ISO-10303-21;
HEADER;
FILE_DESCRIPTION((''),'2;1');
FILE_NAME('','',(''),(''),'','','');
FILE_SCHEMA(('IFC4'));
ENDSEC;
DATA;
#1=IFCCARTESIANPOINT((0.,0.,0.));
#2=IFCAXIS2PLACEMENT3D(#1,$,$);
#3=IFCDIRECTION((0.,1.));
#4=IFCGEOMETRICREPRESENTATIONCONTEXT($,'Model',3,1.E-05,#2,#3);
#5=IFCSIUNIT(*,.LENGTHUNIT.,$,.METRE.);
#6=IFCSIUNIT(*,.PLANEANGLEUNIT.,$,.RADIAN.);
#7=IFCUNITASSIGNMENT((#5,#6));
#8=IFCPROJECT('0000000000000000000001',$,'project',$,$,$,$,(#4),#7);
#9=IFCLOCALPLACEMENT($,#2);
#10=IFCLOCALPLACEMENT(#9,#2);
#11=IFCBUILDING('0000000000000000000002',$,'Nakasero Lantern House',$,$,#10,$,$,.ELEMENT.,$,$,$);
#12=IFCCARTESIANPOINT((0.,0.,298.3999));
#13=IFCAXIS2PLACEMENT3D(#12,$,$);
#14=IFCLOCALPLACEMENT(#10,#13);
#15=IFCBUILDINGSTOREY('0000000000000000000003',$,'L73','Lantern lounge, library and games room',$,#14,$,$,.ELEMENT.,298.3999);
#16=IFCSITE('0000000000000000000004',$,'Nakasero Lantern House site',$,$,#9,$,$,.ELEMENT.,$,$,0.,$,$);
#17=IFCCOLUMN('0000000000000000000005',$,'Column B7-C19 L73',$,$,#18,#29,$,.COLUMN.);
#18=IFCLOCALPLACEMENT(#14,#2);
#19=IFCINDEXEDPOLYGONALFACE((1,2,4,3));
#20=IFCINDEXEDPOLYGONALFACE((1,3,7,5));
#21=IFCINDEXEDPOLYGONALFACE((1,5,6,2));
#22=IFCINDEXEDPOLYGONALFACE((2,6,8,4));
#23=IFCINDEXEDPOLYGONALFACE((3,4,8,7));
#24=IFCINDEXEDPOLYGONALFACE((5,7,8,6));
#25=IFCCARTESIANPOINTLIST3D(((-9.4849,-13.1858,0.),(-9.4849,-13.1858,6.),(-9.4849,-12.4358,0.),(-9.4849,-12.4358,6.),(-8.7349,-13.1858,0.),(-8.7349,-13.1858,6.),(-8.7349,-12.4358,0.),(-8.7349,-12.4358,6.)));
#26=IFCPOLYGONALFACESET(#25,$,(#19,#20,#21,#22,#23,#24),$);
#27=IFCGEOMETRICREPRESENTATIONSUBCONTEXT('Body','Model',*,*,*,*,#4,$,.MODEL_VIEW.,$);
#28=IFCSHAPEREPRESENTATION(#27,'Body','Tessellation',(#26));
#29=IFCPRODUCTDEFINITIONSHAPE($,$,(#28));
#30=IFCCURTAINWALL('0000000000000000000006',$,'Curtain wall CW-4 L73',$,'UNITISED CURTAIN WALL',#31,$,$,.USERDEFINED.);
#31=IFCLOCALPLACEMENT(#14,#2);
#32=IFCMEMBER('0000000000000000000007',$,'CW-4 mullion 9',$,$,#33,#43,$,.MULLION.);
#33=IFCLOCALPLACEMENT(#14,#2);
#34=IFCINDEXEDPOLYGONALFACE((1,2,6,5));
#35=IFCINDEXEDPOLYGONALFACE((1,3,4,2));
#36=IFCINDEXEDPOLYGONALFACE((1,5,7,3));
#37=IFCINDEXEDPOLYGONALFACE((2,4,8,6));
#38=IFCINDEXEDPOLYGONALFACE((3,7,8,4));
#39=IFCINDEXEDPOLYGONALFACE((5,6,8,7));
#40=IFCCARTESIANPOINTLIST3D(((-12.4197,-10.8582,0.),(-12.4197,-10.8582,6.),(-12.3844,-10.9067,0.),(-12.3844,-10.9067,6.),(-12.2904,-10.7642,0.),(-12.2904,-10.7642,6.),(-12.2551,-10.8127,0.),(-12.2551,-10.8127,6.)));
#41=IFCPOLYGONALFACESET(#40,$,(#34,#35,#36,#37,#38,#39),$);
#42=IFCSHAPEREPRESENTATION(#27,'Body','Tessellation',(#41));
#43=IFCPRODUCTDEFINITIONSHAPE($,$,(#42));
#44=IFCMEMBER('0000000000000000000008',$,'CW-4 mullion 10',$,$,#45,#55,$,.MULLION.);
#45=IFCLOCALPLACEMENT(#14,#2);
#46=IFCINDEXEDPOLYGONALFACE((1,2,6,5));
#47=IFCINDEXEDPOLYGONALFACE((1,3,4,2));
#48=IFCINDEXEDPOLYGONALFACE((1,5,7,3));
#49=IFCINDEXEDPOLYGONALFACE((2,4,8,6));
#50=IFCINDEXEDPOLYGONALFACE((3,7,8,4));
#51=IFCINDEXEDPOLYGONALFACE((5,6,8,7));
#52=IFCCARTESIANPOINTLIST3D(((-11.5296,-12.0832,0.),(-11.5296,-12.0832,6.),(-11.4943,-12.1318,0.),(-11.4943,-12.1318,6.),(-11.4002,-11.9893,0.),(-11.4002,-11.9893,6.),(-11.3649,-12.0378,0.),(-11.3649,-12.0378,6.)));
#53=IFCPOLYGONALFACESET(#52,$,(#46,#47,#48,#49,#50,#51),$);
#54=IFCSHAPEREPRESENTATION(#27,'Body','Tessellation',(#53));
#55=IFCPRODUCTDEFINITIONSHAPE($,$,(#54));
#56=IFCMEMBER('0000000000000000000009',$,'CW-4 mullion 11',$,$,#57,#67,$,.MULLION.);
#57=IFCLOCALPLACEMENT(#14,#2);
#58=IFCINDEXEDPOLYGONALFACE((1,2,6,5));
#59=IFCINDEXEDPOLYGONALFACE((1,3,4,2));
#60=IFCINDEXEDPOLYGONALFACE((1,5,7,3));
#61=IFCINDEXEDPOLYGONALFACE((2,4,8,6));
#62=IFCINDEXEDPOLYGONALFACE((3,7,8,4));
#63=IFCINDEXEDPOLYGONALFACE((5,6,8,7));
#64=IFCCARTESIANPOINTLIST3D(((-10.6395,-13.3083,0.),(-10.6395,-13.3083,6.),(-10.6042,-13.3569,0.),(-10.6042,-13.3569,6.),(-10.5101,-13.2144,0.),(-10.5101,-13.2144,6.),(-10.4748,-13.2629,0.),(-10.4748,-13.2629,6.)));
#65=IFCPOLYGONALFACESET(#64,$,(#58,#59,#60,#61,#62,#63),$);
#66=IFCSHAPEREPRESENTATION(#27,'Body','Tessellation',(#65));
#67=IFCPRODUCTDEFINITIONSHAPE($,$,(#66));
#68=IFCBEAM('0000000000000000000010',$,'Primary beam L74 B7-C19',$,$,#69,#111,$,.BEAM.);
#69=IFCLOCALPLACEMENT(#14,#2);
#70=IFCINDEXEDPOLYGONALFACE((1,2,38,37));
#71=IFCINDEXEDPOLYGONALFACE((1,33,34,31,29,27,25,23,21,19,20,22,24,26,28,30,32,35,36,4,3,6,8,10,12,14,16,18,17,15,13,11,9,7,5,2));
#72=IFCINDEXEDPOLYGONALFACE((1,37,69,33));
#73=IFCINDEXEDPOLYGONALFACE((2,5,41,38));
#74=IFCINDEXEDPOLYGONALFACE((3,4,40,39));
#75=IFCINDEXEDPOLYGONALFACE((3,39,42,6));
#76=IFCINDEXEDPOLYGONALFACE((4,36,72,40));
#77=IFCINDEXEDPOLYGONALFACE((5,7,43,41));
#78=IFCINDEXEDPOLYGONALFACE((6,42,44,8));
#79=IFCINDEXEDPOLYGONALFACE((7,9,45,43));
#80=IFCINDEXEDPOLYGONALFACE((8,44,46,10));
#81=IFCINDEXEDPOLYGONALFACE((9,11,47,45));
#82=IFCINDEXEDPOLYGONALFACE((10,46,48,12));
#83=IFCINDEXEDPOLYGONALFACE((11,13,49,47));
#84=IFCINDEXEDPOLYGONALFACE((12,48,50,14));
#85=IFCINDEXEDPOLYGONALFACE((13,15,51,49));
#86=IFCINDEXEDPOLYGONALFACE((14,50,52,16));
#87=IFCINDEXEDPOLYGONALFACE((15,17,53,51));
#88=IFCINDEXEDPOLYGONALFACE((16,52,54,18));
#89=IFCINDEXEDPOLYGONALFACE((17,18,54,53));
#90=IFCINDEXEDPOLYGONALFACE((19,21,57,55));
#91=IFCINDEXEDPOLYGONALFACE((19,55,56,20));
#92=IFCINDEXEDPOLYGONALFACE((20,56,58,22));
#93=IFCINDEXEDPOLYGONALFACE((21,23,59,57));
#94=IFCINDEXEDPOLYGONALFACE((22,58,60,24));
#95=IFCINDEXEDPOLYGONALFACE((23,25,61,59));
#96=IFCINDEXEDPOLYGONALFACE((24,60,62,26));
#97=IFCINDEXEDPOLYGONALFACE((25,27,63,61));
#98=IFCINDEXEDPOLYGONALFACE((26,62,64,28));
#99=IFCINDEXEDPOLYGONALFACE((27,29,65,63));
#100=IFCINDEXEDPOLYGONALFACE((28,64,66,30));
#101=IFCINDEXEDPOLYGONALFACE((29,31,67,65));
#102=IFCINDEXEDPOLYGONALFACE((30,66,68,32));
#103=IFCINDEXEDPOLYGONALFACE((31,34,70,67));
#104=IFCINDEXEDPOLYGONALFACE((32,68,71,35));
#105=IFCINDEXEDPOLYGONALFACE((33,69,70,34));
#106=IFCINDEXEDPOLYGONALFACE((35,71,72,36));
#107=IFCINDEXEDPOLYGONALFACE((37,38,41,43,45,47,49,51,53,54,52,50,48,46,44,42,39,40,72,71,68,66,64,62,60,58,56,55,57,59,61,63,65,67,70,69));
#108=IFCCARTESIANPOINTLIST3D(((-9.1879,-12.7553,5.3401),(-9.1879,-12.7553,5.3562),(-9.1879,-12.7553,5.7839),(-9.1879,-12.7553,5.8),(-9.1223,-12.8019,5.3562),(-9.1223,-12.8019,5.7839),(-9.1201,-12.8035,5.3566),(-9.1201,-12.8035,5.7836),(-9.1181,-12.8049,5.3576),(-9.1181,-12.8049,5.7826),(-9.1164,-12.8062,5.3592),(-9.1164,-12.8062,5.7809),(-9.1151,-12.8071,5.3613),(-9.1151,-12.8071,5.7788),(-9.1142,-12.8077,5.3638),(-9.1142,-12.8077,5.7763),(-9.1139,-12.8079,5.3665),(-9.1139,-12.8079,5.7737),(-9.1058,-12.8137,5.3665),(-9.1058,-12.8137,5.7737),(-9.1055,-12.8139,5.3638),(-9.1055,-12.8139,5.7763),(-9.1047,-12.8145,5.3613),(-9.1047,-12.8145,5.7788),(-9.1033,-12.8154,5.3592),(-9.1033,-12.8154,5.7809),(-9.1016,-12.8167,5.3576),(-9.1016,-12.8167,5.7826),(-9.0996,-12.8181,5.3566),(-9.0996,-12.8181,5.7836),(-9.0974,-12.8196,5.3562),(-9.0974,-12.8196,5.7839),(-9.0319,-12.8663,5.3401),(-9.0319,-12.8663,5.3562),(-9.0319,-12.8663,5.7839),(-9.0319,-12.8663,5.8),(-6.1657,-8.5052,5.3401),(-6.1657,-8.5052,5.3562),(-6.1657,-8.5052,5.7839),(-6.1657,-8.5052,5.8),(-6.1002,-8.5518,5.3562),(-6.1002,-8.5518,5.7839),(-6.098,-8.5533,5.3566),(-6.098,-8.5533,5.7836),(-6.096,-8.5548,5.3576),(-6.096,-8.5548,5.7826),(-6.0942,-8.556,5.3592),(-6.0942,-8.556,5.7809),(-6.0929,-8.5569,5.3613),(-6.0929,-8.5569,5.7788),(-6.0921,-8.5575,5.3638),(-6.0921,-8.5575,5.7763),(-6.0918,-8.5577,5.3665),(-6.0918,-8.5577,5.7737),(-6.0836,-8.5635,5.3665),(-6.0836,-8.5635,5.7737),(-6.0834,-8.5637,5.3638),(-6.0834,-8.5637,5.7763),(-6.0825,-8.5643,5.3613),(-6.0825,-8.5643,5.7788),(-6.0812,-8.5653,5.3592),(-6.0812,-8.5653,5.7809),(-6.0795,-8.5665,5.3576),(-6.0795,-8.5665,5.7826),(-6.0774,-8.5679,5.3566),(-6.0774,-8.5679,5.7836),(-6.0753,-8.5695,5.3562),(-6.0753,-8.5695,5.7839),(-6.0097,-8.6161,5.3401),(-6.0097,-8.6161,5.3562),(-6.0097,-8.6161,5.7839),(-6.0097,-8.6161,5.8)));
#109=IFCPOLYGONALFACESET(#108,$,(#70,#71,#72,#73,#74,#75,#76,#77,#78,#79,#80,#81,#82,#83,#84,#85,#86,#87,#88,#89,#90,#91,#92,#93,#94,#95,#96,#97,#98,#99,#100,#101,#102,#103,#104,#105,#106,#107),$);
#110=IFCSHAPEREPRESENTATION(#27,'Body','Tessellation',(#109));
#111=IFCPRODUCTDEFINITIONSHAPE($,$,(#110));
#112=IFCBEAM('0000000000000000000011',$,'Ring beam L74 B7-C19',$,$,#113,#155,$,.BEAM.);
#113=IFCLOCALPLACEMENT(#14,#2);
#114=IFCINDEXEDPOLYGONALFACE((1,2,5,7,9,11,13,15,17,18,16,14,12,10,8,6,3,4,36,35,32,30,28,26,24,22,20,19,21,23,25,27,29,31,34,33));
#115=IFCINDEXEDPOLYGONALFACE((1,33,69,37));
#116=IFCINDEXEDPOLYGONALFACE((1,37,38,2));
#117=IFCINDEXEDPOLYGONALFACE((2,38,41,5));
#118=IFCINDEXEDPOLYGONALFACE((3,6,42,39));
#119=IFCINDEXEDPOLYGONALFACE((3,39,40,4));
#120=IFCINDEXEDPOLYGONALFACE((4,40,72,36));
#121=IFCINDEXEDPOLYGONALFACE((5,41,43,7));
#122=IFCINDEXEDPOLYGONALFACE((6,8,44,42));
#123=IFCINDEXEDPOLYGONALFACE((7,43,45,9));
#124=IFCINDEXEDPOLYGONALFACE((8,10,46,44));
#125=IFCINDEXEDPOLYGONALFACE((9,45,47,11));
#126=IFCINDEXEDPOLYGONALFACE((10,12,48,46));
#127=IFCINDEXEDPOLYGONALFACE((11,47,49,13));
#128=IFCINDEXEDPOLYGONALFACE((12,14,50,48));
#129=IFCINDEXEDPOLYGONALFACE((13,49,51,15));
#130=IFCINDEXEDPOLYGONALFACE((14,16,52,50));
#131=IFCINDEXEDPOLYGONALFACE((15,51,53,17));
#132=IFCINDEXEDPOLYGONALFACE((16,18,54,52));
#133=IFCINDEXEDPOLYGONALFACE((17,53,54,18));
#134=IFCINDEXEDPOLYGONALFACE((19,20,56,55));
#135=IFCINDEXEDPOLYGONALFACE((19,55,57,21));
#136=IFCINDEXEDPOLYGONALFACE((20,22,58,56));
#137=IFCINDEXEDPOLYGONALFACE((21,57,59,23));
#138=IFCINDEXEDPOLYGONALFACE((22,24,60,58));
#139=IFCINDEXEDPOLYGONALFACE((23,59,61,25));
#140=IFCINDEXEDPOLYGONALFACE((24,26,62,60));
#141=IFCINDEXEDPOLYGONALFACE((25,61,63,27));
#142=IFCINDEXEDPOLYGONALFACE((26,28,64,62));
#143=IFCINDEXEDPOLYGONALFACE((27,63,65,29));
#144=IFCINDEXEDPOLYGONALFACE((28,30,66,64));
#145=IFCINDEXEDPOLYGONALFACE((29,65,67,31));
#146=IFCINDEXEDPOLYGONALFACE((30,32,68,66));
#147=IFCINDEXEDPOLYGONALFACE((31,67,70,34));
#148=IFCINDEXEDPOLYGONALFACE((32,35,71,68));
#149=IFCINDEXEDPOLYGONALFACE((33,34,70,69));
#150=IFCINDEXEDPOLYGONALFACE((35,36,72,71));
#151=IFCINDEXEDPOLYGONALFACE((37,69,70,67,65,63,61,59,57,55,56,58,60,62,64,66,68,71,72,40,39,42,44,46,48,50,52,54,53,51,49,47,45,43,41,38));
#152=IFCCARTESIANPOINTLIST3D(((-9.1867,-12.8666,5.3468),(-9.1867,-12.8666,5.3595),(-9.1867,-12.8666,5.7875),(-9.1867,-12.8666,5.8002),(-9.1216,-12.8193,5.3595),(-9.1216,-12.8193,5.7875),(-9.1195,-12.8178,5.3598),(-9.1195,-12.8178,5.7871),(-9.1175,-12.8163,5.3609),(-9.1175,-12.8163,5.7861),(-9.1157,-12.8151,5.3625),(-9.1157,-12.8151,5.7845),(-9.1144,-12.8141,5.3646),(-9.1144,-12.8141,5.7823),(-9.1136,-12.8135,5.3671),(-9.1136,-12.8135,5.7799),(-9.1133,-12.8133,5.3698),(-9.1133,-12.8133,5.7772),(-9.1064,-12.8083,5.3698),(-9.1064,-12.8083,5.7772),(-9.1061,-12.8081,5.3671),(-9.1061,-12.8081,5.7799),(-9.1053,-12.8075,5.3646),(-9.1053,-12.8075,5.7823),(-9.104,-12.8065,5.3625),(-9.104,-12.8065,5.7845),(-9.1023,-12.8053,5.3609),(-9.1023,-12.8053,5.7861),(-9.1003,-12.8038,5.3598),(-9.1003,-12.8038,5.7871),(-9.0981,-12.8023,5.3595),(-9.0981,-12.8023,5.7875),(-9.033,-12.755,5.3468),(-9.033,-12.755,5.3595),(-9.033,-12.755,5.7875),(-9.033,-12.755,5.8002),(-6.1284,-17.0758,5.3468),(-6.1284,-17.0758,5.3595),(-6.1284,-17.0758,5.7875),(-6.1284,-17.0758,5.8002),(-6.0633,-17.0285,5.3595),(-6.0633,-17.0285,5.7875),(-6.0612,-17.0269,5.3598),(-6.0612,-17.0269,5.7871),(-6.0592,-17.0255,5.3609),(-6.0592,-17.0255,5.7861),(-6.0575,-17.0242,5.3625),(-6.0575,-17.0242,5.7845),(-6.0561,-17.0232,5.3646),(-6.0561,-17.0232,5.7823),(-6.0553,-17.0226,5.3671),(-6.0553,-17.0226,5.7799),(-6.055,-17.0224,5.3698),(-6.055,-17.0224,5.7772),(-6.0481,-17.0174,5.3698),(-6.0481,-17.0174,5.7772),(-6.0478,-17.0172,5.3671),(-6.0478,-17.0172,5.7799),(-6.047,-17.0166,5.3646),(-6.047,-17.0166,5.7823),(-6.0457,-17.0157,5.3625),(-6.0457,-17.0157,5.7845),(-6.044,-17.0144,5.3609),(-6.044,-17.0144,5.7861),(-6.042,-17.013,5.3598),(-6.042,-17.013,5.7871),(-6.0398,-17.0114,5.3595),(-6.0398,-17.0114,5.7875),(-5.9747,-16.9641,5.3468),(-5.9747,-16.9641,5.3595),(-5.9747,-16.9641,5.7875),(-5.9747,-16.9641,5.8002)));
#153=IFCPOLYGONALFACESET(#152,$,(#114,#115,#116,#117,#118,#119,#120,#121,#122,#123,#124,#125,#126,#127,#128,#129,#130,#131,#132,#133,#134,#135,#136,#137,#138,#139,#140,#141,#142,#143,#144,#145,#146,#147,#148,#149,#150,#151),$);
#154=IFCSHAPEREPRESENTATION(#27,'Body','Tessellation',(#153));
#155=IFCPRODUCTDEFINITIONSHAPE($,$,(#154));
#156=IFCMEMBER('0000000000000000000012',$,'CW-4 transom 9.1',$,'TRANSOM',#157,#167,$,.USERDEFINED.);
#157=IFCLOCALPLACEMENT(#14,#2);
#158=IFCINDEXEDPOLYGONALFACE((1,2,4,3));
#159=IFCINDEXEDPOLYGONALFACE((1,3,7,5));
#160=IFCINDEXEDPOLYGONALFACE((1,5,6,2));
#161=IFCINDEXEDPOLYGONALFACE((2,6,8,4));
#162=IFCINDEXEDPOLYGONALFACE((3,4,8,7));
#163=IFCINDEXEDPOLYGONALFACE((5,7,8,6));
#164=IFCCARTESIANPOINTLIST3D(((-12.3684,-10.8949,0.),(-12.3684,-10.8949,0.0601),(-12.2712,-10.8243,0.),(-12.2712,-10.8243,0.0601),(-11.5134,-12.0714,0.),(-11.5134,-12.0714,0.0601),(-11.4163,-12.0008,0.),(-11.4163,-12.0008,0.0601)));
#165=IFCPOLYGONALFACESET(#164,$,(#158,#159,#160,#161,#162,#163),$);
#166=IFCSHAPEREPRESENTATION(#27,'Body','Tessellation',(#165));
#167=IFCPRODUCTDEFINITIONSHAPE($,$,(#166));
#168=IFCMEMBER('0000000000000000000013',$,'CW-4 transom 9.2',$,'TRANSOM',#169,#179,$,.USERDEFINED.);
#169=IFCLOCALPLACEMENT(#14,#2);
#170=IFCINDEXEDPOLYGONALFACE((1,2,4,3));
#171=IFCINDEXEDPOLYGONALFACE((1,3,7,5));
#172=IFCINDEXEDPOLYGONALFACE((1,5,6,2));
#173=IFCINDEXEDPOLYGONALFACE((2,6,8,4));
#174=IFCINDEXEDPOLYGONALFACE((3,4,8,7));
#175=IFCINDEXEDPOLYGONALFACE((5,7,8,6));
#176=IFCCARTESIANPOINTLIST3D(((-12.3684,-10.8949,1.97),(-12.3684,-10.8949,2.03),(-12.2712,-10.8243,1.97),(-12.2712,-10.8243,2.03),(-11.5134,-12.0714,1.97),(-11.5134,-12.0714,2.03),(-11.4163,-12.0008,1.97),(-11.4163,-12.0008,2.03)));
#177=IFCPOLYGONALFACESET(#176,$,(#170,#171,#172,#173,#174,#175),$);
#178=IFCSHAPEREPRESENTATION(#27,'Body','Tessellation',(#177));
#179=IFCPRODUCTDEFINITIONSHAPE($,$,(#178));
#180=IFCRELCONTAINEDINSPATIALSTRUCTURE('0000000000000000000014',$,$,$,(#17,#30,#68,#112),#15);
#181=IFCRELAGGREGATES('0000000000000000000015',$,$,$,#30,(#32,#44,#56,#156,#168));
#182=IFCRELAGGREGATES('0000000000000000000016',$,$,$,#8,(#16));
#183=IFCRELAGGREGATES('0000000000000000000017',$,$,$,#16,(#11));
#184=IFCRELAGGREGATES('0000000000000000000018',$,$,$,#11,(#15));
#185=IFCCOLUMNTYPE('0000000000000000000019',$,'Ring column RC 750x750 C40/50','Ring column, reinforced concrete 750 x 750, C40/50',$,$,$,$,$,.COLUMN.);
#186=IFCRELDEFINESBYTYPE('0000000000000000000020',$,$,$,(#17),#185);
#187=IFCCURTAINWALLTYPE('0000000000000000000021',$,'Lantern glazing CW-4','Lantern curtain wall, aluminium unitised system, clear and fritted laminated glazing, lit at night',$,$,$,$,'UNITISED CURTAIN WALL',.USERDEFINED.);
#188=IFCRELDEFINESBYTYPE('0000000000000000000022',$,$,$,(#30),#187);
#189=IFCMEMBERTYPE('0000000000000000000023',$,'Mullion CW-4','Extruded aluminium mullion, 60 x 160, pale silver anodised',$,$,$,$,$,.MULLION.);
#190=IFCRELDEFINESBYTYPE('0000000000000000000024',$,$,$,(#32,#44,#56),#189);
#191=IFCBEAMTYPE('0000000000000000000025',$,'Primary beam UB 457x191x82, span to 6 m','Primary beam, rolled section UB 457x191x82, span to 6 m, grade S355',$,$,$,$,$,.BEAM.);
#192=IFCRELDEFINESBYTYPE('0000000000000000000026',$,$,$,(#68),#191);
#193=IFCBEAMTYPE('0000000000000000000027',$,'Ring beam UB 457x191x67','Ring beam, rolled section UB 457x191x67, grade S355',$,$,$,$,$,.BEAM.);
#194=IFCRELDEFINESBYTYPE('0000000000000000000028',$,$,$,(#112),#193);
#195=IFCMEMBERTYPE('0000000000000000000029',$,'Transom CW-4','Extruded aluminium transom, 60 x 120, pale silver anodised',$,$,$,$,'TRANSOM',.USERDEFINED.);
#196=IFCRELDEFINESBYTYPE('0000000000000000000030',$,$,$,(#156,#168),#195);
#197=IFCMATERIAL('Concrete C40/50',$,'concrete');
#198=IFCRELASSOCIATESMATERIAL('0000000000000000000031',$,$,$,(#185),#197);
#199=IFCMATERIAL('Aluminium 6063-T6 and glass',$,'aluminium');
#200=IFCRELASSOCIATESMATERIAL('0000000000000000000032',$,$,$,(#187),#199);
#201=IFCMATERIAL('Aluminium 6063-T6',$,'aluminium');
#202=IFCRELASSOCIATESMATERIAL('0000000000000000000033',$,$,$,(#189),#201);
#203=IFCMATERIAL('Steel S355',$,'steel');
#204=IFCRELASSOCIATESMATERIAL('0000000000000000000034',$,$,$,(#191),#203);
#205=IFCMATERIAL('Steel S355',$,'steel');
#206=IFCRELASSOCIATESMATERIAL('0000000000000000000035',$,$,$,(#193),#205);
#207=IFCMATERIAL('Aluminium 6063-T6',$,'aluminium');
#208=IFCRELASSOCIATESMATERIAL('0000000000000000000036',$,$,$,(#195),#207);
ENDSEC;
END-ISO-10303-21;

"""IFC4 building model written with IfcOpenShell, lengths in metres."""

from ifc_helpers import new_model, si_unit, direction, frame, origin, origin_2d, place, context, subcontext, project, spatial, rectangle, i_section, extrude, material, material_profile, profile_set, type_object, element, aggregate, save


model = new_model("IFC4")

# Units and contexts
model_context = context("Model", 3, precision=1e-05, world=origin(), true_north=direction((0.0, 1.0)))
body_context = subcontext(model_context, "Body", "Model", "MODEL_VIEW")
ifc_project = project(units=[si_unit("LENGTHUNIT", "METRE"), si_unit("PLANEANGLEUNIT", "RADIAN")], contexts=[model_context])

# Site, building, storey
site_placement = place(None, origin())
site = spatial("IfcSite", under=ifc_project, at=site_placement, Name="Nakasero Lantern House site", CompositionType="ELEMENT", RefElevation=0.0)
building_placement = place(site_placement, origin())
building = spatial("IfcBuilding", under=site, at=building_placement, Name="Nakasero Lantern House", CompositionType="ELEMENT")
storey_placement = place(building_placement, frame((0.0, 0.0, 298.3999)))
storey = spatial("IfcBuildingStorey", under=building, at=storey_placement, Name="L73", Description="Lantern lounge, library and games room", CompositionType="ELEMENT", Elevation=298.3999)

# Column
ifc_material_1 = material(Name="Concrete C40/50", Category="concrete")
ifc_material_profile_1 = material_profile(ifc_material_1, rectangle(XDim=0.75, YDim=0.75, at=origin_2d()), Name="RC 750x750")
ifc_profile_set_1 = profile_set([ifc_material_profile_1], Name="Concrete C40/50")
column_type = type_object("IfcColumnType", Name="Ring column RC 750x750 C40/50", Description="Ring column, reinforced concrete 750 x 750, C40/50", PredefinedType="COLUMN", material=ifc_profile_set_1)
column_placement = place(storey_placement, frame((-9.1099, -12.8108, 0.0), z_axis=(0.0, 0.0, 1.0), x_axis=(1.0, 0.0, 0.0)))
element("IfcColumn", 1, at=column_placement, inside=storey, type_object=column_type, Name="Column B7-C19 L73", PredefinedType="COLUMN", context=body_context, shape_type="SweptSolid", body=[
    extrude(rectangle(XDim=0.75, YDim=0.75, at=origin_2d()), origin(), (0.0, 0.0, 1.0), 6.0),
])

# Curtain wall, members
ifc_material_2 = material(Name="Aluminium 6063-T6 and glass", Category="aluminium")
curtain_wall_type = type_object("IfcCurtainWallType", Name="Lantern glazing CW-4", Description="Lantern curtain wall, aluminium unitised system, clear and fritted laminated glazing, lit at night", ElementType="UNITISED CURTAIN WALL", PredefinedType="USERDEFINED", material=ifc_material_2)
curtain_wall_placement = place(storey_placement, origin())
curtain_wall = element("IfcCurtainWall", 2, at=curtain_wall_placement, inside=storey, type_object=curtain_wall_type, Name="Curtain wall CW-4 L73", ObjectType="UNITISED CURTAIN WALL", PredefinedType="USERDEFINED")
ifc_material_3 = material(Name="Aluminium 6063-T6", Category="aluminium")
ifc_material_profile_2 = material_profile(ifc_material_3, rectangle(XDim=0.0601, YDim=0.1599, at=origin_2d()), Name="CW-4 mullion 60x160")
ifc_profile_set_2 = profile_set([ifc_material_profile_2], Name="Aluminium 6063-T6")
member_type_1 = type_object("IfcMemberType", Name="Mullion CW-4", Description="Extruded aluminium mullion, 60 x 160, pale silver anodised", PredefinedType="MULLION", material=ifc_profile_set_2)
member_1_placement = place(storey_placement, frame((-12.3374, -10.8354, 0.0), z_axis=(0.0, 0.0, 1.0), x_axis=(0.587785, -0.809017, 0.0)))
member_1 = element("IfcMember", 3, at=member_1_placement, type_object=member_type_1, Name="CW-4 mullion 9", PredefinedType="MULLION", context=body_context, shape_type="SweptSolid", body=[
    extrude(rectangle(XDim=0.0601, YDim=0.1599, at=origin_2d()), origin(), (0.0, 0.0, 1.0), 6.0),
])
member_2_placement = place(storey_placement, frame((-11.4473, -12.0605, 0.0), z_axis=(0.0, 0.0, 1.0), x_axis=(0.587785, -0.809017, 0.0)))
member_2 = element("IfcMember", 4, at=member_2_placement, type_object=member_type_1, Name="CW-4 mullion 10", PredefinedType="MULLION", context=body_context, shape_type="SweptSolid", body=[
    extrude(rectangle(XDim=0.0601, YDim=0.1599, at=origin_2d()), origin(), (0.0, 0.0, 1.0), 6.0),
])
member_3_placement = place(storey_placement, frame((-10.5571, -13.2856, 0.0), z_axis=(0.0, 0.0, 1.0), x_axis=(0.587785, -0.809017, 0.0)))
member_3 = element("IfcMember", 5, at=member_3_placement, type_object=member_type_1, Name="CW-4 mullion 11", PredefinedType="MULLION", context=body_context, shape_type="SweptSolid", body=[
    extrude(rectangle(XDim=0.0601, YDim=0.1599, at=origin_2d()), origin(), (0.0, 0.0, 1.0), 6.0),
])

# Beams
ifc_material_4 = material(Name="Steel S355", Category="steel")
ifc_material_profile_3 = material_profile(ifc_material_4, i_section(OverallWidth=0.1914, OverallDepth=0.46, WebThickness=0.01, FlangeThickness=0.0161, FilletRadius=0.0103, at=origin_2d()), Name="UB 457x191x82")
ifc_profile_set_3 = profile_set([ifc_material_profile_3], Name="Steel S355")
beam_type_1 = type_object("IfcBeamType", Name="Primary beam UB 457x191x82, span to 6 m", Description="Primary beam, rolled section UB 457x191x82, span to 6 m, grade S355", PredefinedType="BEAM", material=ifc_profile_set_3)
beam_1_placement = place(storey_placement, frame((-9.1099, -12.8108, 5.5701), z_axis=(0.579501, 0.814972, 0.0), x_axis=(-0.814972, 0.579501, 0.0)))
element("IfcBeam", 6, at=beam_1_placement, inside=storey, type_object=beam_type_1, Name="Primary beam L74 B7-C19", PredefinedType="BEAM", context=body_context, shape_type="SweptSolid", body=[
    extrude(i_section(OverallWidth=0.1914, OverallDepth=0.46, WebThickness=0.01, FlangeThickness=0.0161, FilletRadius=0.0103, at=origin_2d()), origin(), (0.0, 0.0, 1.0), 5.2151),
])
ifc_material_5 = material(Name="Steel S355", Category="steel")
ifc_material_profile_4 = material_profile(ifc_material_5, i_section(OverallWidth=0.1899, OverallDepth=0.4534, WebThickness=0.0085, FlangeThickness=0.0127, FilletRadius=0.0103, at=origin_2d()), Name="UB 457x191x67")
ifc_profile_set_4 = profile_set([ifc_material_profile_4], Name="Steel S355")
beam_type_2 = type_object("IfcBeamType", Name="Ring beam UB 457x191x67", Description="Ring beam, rolled section UB 457x191x67, grade S355", PredefinedType="BEAM", material=ifc_profile_set_4)
beam_2_placement = place(storey_placement, frame((-9.1099, -12.8108, 5.5735), z_axis=(0.587806, -0.809002, 0.0), x_axis=(0.809002, 0.587806, 0.0)))
element("IfcBeam", 7, at=beam_2_placement, inside=storey, type_object=beam_type_2, Name="Ring beam L74 B7-C19", PredefinedType="BEAM", context=body_context, shape_type="SweptSolid", body=[
    extrude(i_section(OverallWidth=0.1899, OverallDepth=0.4534, WebThickness=0.0085, FlangeThickness=0.0127, FilletRadius=0.0103, at=origin_2d()), origin(), (0.0, 0.0, 1.0), 5.2029),
])

# Members
ifc_material_6 = material(Name="Aluminium 6063-T6", Category="aluminium")
ifc_material_profile_5 = material_profile(ifc_material_6, rectangle(XDim=0.0601, YDim=0.1201, at=origin_2d()), Name="CW-4 transom 60x120")
ifc_profile_set_5 = profile_set([ifc_material_profile_5], Name="Aluminium 6063-T6")
member_type_2 = type_object("IfcMemberType", Name="Transom CW-4", Description="Extruded aluminium transom, 60 x 120, pale silver anodised", ElementType="TRANSOM", PredefinedType="USERDEFINED", material=ifc_profile_set_5)
member_4_placement = place(storey_placement, frame((-12.3198, -10.8596, 0.03), z_axis=(0.587872, -0.808954, 0.0), x_axis=(0.0, 0.0, 1.0)))
member_4 = element("IfcMember", 8, at=member_4_placement, type_object=member_type_2, Name="CW-4 transom 9.1", ObjectType="TRANSOM", PredefinedType="USERDEFINED", context=body_context, shape_type="SweptSolid", body=[
    extrude(rectangle(XDim=0.0601, YDim=0.1201, at=origin_2d()), origin(), (0.0, 0.0, 1.0), 1.4543),
])
member_5_placement = place(storey_placement, frame((-12.3198, -10.8596, 2.0), z_axis=(0.587872, -0.808954, 0.0), x_axis=(0.0, 0.0, 1.0)))
member_5 = element("IfcMember", 9, at=member_5_placement, type_object=member_type_2, Name="CW-4 transom 9.2", ObjectType="TRANSOM", PredefinedType="USERDEFINED", context=body_context, shape_type="SweptSolid", body=[
    extrude(rectangle(XDim=0.0601, YDim=0.1201, at=origin_2d()), origin(), (0.0, 0.0, 1.0), 1.4543),
])

aggregate(curtain_wall, [member_1, member_2, member_3, member_4, member_5])

save(model, "model.ifc")
